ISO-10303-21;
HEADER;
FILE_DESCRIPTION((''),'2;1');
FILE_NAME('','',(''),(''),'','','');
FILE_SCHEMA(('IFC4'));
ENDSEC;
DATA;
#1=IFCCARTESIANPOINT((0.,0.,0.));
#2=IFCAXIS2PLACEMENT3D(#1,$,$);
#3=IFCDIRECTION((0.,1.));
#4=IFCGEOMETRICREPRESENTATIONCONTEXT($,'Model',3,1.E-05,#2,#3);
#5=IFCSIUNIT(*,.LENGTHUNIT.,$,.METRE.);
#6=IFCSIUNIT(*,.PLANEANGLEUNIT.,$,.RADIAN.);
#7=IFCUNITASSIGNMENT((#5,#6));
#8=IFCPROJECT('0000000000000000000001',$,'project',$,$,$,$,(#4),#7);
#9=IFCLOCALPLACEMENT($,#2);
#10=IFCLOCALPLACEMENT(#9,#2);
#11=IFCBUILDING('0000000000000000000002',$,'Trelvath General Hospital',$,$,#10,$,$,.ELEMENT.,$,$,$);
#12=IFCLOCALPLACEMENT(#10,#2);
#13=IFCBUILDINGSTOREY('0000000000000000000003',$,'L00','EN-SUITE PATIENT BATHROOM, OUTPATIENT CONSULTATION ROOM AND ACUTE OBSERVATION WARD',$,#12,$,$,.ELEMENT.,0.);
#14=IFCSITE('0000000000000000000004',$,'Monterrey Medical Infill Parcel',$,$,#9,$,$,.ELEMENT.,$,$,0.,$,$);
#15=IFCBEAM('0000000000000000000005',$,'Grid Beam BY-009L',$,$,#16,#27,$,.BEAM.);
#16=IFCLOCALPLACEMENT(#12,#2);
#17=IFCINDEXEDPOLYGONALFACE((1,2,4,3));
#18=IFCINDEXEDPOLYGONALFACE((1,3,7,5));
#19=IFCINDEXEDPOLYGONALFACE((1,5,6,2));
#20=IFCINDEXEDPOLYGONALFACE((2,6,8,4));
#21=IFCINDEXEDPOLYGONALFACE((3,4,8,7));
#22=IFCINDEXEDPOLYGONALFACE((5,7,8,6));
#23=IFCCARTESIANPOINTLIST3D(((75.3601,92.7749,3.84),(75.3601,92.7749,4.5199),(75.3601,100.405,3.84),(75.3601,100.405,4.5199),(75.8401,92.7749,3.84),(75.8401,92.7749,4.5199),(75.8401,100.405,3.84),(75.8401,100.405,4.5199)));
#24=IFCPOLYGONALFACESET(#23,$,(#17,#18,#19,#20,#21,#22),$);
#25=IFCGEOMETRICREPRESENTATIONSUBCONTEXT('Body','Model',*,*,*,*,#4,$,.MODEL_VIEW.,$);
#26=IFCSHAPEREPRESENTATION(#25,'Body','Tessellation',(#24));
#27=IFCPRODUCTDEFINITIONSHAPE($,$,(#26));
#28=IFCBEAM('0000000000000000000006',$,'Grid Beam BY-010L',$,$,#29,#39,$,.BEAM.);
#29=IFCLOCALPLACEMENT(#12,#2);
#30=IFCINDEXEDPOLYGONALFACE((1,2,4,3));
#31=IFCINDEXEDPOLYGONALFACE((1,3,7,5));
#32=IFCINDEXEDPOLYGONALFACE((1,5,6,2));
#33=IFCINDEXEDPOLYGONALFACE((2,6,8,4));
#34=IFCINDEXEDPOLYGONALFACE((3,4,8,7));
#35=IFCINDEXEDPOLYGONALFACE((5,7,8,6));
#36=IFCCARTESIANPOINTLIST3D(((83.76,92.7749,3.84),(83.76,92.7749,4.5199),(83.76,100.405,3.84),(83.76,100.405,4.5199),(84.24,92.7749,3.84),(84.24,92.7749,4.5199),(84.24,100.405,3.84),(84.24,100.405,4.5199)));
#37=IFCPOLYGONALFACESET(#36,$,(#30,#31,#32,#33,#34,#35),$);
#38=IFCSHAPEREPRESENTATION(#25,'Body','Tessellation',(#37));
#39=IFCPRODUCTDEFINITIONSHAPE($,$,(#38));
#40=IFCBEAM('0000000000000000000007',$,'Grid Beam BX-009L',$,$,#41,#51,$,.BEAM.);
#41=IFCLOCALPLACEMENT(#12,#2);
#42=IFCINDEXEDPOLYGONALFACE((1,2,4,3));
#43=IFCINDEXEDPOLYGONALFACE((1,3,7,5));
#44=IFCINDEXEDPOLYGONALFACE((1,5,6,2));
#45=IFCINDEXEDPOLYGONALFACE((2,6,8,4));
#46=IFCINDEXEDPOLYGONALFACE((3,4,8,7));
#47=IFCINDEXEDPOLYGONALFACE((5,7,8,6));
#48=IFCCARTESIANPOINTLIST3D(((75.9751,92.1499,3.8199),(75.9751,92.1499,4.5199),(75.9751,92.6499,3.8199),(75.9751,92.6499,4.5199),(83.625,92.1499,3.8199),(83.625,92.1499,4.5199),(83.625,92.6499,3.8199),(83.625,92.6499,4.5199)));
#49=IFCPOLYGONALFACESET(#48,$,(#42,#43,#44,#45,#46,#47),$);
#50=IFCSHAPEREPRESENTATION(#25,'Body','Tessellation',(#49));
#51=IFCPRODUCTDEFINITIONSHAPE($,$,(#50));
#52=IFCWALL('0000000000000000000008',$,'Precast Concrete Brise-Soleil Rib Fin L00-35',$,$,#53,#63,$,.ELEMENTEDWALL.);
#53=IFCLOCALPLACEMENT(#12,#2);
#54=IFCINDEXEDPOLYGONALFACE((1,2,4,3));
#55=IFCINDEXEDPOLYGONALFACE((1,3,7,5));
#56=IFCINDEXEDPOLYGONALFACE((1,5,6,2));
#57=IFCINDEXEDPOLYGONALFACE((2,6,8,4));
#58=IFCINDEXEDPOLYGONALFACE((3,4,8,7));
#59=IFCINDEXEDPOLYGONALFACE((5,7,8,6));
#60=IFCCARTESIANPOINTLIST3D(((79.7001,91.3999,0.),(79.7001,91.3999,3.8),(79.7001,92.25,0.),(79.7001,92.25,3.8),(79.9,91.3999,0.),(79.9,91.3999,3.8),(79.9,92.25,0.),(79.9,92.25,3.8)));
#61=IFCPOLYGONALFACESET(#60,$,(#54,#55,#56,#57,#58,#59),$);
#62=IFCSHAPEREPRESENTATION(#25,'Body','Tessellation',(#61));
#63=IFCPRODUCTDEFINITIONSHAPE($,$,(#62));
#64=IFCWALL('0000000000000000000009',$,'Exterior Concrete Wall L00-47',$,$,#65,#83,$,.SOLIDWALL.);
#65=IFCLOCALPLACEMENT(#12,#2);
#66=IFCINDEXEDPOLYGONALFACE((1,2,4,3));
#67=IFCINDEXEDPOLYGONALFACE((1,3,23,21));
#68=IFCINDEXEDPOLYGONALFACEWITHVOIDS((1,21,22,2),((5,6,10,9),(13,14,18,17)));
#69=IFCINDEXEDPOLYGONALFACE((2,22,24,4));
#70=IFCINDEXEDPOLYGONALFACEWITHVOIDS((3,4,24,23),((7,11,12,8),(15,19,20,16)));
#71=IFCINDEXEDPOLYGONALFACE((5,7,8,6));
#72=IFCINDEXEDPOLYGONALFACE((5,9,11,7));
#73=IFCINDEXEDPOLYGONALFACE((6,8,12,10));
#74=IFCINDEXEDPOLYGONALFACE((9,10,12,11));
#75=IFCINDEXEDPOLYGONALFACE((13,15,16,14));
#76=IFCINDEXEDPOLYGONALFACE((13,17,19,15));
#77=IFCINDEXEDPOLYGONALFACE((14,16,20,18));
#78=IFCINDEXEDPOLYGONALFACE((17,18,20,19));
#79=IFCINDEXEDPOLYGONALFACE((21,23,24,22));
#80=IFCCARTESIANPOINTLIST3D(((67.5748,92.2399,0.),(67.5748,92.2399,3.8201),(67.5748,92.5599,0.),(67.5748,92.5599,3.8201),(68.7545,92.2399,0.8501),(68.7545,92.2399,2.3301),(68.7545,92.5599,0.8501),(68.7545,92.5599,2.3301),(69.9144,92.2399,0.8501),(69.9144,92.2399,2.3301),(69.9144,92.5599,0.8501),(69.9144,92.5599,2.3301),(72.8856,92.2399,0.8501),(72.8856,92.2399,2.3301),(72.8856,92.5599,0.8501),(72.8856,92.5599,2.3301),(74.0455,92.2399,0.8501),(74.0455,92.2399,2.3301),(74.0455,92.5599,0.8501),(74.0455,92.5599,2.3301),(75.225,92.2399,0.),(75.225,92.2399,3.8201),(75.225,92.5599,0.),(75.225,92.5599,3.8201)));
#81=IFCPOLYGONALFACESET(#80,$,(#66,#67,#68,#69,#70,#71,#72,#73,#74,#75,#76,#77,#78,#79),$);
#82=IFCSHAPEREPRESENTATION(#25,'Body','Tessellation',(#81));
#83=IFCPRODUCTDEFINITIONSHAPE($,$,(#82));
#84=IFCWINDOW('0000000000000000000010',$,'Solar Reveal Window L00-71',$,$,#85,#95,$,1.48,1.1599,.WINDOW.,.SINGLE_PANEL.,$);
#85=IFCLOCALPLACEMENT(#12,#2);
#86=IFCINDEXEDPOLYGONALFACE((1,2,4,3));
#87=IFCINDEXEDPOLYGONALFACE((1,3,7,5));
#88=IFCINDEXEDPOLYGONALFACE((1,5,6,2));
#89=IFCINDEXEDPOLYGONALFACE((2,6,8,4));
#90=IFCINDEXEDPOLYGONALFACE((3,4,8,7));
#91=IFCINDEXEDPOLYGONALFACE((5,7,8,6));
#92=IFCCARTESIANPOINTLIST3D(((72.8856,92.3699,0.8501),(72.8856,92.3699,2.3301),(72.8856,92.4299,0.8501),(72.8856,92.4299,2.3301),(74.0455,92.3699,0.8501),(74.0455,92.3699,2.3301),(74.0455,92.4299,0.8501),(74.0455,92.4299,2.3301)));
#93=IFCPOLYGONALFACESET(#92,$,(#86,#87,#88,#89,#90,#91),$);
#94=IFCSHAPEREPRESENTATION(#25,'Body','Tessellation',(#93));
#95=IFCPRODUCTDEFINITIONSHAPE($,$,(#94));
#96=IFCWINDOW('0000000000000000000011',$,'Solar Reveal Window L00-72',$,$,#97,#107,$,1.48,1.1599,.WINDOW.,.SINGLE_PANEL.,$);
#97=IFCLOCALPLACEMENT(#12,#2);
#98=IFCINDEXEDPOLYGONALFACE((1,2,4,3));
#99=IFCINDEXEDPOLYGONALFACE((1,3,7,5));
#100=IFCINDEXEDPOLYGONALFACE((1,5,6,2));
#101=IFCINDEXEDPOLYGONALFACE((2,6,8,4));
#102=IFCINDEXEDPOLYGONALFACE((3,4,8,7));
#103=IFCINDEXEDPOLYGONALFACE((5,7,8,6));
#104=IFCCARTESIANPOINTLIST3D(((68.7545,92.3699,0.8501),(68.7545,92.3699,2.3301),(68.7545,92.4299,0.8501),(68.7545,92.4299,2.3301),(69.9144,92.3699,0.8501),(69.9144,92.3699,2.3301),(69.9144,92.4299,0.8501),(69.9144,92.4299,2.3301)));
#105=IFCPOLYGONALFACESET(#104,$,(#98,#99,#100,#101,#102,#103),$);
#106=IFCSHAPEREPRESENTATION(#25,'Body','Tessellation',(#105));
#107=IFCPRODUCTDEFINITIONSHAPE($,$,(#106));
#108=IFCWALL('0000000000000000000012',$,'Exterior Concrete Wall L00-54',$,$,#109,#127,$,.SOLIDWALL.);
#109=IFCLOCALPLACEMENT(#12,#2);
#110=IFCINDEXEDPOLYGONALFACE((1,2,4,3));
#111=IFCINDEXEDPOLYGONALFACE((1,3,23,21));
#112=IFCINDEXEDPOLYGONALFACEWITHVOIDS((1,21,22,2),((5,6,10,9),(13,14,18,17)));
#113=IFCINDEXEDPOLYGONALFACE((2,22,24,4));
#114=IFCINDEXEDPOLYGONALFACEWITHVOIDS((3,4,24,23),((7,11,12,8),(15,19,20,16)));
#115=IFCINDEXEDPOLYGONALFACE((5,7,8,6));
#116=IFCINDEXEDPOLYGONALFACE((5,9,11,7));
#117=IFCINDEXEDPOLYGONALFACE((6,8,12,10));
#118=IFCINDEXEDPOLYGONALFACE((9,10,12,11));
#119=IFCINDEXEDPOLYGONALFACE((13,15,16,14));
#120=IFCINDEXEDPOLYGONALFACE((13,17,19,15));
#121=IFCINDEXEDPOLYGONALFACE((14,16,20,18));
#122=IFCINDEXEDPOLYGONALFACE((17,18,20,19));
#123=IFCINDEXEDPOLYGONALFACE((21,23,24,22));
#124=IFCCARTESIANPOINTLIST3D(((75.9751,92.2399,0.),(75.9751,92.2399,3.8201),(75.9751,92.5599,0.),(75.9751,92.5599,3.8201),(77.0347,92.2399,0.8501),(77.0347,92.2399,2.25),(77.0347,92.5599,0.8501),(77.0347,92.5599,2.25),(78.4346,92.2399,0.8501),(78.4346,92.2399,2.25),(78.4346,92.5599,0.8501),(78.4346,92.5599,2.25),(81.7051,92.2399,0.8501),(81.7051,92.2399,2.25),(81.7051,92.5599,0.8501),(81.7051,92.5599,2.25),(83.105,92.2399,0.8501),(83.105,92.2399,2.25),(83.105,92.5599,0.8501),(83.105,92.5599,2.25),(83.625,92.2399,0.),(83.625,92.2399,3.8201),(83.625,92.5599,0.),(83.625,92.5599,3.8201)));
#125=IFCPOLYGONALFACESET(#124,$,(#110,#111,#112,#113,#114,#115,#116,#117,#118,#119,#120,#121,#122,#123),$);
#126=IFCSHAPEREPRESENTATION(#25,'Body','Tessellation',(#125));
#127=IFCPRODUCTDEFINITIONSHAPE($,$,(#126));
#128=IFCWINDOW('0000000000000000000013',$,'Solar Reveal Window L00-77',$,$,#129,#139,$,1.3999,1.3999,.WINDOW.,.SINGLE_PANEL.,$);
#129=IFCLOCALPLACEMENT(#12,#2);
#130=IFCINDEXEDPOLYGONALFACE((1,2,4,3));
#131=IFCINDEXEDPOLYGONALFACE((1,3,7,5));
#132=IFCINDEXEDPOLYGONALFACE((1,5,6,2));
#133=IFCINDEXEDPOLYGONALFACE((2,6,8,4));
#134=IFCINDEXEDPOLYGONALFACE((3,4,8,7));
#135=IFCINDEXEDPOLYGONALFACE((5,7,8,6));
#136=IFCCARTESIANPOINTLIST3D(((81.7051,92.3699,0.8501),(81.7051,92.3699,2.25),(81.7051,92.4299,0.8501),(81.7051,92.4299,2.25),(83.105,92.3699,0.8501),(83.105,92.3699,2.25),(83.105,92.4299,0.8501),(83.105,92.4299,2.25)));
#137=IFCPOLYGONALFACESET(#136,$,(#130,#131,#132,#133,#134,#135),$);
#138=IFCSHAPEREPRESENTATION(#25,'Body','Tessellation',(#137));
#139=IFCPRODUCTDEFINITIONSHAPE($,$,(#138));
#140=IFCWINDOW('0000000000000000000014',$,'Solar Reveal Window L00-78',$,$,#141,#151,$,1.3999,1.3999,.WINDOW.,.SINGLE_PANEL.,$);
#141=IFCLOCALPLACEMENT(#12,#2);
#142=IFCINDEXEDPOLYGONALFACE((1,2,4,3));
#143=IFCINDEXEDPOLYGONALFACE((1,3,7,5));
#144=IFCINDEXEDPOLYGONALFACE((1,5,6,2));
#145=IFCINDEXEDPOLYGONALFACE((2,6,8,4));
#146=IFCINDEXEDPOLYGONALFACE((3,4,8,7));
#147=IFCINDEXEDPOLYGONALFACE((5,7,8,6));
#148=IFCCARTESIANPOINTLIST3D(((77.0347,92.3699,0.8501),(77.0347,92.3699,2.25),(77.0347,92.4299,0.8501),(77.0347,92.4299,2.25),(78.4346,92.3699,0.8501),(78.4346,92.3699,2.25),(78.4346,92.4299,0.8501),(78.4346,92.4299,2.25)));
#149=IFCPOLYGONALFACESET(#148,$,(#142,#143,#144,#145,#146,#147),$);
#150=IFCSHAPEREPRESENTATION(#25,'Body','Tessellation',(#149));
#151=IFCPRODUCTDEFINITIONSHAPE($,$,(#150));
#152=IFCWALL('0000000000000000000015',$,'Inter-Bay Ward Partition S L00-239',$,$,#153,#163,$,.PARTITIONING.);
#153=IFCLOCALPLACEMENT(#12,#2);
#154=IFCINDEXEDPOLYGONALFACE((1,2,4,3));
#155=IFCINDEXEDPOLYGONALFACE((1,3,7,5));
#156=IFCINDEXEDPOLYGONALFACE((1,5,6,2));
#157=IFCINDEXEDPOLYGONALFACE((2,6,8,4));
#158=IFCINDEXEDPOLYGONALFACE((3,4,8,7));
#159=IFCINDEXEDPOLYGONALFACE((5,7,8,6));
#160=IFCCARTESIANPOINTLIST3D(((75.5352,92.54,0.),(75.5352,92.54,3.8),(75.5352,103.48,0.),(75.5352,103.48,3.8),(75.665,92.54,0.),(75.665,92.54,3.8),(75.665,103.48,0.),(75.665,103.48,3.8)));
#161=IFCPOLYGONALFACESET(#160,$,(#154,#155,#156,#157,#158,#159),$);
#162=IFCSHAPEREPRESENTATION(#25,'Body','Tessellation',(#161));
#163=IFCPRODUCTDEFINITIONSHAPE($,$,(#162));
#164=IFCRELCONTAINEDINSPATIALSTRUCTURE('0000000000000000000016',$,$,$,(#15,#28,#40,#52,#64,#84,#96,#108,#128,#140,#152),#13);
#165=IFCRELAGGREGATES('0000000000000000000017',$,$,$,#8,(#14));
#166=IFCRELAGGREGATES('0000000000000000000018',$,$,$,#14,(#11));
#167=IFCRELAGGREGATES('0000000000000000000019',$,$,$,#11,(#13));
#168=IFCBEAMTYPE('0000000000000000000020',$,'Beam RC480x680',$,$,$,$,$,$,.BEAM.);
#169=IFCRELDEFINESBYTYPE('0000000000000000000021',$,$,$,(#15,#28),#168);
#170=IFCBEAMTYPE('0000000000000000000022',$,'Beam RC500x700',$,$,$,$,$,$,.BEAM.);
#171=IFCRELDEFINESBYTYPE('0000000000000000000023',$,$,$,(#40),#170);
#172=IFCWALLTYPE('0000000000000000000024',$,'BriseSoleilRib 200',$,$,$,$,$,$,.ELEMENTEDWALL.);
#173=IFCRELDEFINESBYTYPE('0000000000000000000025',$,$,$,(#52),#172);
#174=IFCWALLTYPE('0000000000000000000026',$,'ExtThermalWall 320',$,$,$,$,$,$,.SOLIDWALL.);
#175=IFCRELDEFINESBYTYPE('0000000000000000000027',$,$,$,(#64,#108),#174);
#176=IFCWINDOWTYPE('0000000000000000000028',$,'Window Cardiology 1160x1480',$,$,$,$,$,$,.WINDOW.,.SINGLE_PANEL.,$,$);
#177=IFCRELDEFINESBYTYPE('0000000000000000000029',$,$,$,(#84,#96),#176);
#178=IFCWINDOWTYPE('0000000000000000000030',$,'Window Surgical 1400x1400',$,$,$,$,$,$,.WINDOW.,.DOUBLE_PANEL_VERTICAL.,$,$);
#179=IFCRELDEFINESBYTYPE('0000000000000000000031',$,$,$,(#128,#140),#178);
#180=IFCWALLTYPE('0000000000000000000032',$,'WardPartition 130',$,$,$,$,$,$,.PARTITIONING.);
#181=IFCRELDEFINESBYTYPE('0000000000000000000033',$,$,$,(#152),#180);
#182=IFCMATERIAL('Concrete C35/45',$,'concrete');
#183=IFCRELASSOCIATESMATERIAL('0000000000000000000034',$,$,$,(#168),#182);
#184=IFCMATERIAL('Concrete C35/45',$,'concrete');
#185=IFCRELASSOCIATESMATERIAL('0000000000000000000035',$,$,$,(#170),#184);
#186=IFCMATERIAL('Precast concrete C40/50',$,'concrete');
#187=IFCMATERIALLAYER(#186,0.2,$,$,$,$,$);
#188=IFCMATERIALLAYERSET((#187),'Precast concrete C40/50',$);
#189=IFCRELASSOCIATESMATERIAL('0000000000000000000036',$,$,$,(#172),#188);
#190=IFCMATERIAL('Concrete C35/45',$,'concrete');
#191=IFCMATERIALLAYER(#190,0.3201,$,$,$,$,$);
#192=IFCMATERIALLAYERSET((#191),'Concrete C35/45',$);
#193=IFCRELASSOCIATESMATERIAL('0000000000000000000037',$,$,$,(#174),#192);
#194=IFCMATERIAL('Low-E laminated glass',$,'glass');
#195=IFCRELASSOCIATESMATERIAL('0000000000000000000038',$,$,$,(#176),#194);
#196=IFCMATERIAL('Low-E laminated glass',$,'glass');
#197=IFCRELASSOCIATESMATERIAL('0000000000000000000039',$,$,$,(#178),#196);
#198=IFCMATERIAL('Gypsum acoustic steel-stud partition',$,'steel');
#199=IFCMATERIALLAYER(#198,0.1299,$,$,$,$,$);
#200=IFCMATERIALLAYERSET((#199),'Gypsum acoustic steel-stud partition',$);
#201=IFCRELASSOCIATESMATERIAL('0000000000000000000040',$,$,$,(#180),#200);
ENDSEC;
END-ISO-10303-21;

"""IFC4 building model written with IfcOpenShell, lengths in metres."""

from ifc_helpers import new_model, si_unit, direction, frame, frame_2d, origin, origin_2d, place, context, subcontext, project, spatial, rectangle, extrude, material, layer, layer_set, material_profile, profile_set, type_object, element, fill, save


model = new_model("IFC4")

# Units and contexts
model_context = context("Model", 3, precision=1e-05, world=origin(), true_north=direction((0.0, 1.0)))
body_context = subcontext(model_context, "Body", "Model", "MODEL_VIEW")
ifc_project = project(units=[si_unit("LENGTHUNIT", "METRE"), si_unit("PLANEANGLEUNIT", "RADIAN")], contexts=[model_context])

# Site, building, storey
site_placement = place(None, origin())
site = spatial("IfcSite", under=ifc_project, at=site_placement, Name="Monterrey Medical Infill Parcel", CompositionType="ELEMENT", RefElevation=0.0)
building_placement = place(site_placement, origin())
building = spatial("IfcBuilding", under=site, at=building_placement, Name="Trelvath General Hospital", CompositionType="ELEMENT")
storey_placement = place(building_placement, origin())
storey = spatial("IfcBuildingStorey", under=building, at=storey_placement, Name="L00", Description="EN-SUITE PATIENT BATHROOM, OUTPATIENT CONSULTATION ROOM AND ACUTE OBSERVATION WARD", CompositionType="ELEMENT", Elevation=0.0)

# Beams
ifc_material_1 = material(Name="Concrete C35/45", Category="concrete")
ifc_material_profile_1 = material_profile(ifc_material_1, rectangle(XDim=0.48, YDim=0.6799, at=origin_2d()), Name="RCB480x680")
ifc_profile_set_1 = profile_set([ifc_material_profile_1], Name="Concrete C35/45")
beam_type_1 = type_object("IfcBeamType", Name="Beam RC480x680", PredefinedType="BEAM", material=ifc_profile_set_1)
for number, where, z_axis, x_axis, name in (
    (1, (75.6001, 92.7749, 4.1799), (0.0, 1.0, 0.0), (-1.0, 0.0, 0.0), "Grid Beam BY-009L"),
    (2, (84.0, 92.7749, 4.1799), (0.0, 1.0, 0.0), (-1.0, 0.0, 0.0), "Grid Beam BY-010L"),
):
    element("IfcBeam", number, at=place(storey_placement, frame(where, z_axis=z_axis, x_axis=x_axis)), inside=storey, type_object=beam_type_1, Name=name, PredefinedType="BEAM", context=body_context, shape_type="SweptSolid", body=[
        extrude(rectangle(XDim=0.48, YDim=0.6799, at=origin_2d()), origin(), (0.0, 0.0, 1.0), 7.6301),
    ])
ifc_material_2 = material(Name="Concrete C35/45", Category="concrete")
ifc_material_profile_2 = material_profile(ifc_material_2, rectangle(XDim=0.5, YDim=0.7, at=origin_2d()), Name="RCB500x700")
ifc_profile_set_2 = profile_set([ifc_material_profile_2], Name="Concrete C35/45")
beam_type_2 = type_object("IfcBeamType", Name="Beam RC500x700", PredefinedType="BEAM", material=ifc_profile_set_2)
beam_placement = place(storey_placement, frame((75.9751, 92.3999, 4.1699), z_axis=(1.0, 0.0, 0.0), x_axis=(0.0, 1.0, 0.0)))
element("IfcBeam", 3, at=beam_placement, inside=storey, type_object=beam_type_2, Name="Grid Beam BX-009L", PredefinedType="BEAM", context=body_context, shape_type="SweptSolid", body=[
    extrude(rectangle(XDim=0.5, YDim=0.7, at=origin_2d()), origin(), (0.0, 0.0, 1.0), 7.6499),
])

# Wall
ifc_material_3 = material(Name="Precast concrete C40/50", Category="concrete")
ifc_layer_1 = layer(ifc_material_3, 0.2)
ifc_layer_set_1 = layer_set([ifc_layer_1], Name="Precast concrete C40/50")
wall_type_1 = type_object("IfcWallType", Name="BriseSoleilRib 200", PredefinedType="ELEMENTEDWALL", material=ifc_layer_set_1)
wall_1_placement = place(storey_placement, frame((79.8, 92.25, 0.0), z_axis=(0.0, 0.0, 1.0), x_axis=(0.0, -1.0, 0.0)))
element("IfcWall", 4, at=wall_1_placement, inside=storey, type_object=wall_type_1, Name="Precast Concrete Brise-Soleil Rib Fin L00-35", PredefinedType="ELEMENTEDWALL", context=body_context, shape_type="SweptSolid", body=[
    extrude(rectangle(XDim=0.8501, YDim=0.2, at=frame_2d((0.425, 0.0))), origin(), (0.0, 0.0, 1.0), 3.8),
])

# Walls, openings, windows
ifc_material_4 = material(Name="Concrete C35/45", Category="concrete")
ifc_layer_2 = layer(ifc_material_4, 0.3201)
ifc_layer_set_2 = layer_set([ifc_layer_2], Name="Concrete C35/45")
wall_type_2 = type_object("IfcWallType", Name="ExtThermalWall 320", PredefinedType="SOLIDWALL", material=ifc_layer_set_2)
wall_2_placement = place(storey_placement, frame((75.2251, 92.3999, 0.0), z_axis=(0.0, 0.0, 1.0), x_axis=(-1.0, 0.0, 0.0)))
wall_2 = element("IfcWall", 5, at=wall_2_placement, inside=storey, type_object=wall_type_2, Name="Exterior Concrete Wall L00-47", PredefinedType="SOLIDWALL", context=body_context, shape_type="SweptSolid", body=[
    extrude(rectangle(XDim=7.6501, YDim=0.3201, at=frame_2d((3.8252, 0.0))), origin(), (0.0, 0.0, 1.0), 3.8201),
])
opening_1_placement = place(wall_2_placement, frame((1.1794, 0.0, 0.8501)))
opening_1 = element("IfcOpeningElement", 6, at=opening_1_placement, cuts=wall_2, PredefinedType="OPENING", context=body_context, shape_type="SweptSolid", body=[
    extrude(rectangle(XDim=1.1599, YDim=1.48, at=frame_2d((0.5801, 0.74))), frame((0.0, 0.1699, 0.0), z_axis=(0.0, -1.0, 0.0), x_axis=(1.0, 0.0, 0.0)), (0.0, 0.0, 1.0), 0.3401),
])
opening_2_placement = place(wall_2_placement, frame((5.3105, 0.0, 0.8501)))
opening_2 = element("IfcOpeningElement", 7, at=opening_2_placement, cuts=wall_2, PredefinedType="OPENING", context=body_context, shape_type="SweptSolid", body=[
    extrude(rectangle(XDim=1.1599, YDim=1.48, at=frame_2d((0.5801, 0.74))), frame((0.0, 0.1699, 0.0), z_axis=(0.0, -1.0, 0.0), x_axis=(1.0, 0.0, 0.0)), (0.0, 0.0, 1.0), 0.3401),
])
ifc_material_5 = material(Name="Low-E laminated glass", Category="glass")
window_type_1 = type_object("IfcWindowType", Name="Window Cardiology 1160x1480", PartitioningType="SINGLE_PANEL", PredefinedType="WINDOW", material=ifc_material_5)
window_1_placement = place(opening_1_placement, origin())
window_1 = element("IfcWindow", 8, at=window_1_placement, inside=storey, type_object=window_type_1, Name="Solar Reveal Window L00-71", OverallHeight=1.48, OverallWidth=1.1599, PartitioningType="SINGLE_PANEL", PredefinedType="WINDOW", context=body_context, shape_type="SweptSolid", body=[
    extrude(rectangle(XDim=1.1599, YDim=1.48, at=frame_2d((0.5801, 0.74))), frame((0.0, 0.03, 0.0), z_axis=(0.0, -1.0, 0.0), x_axis=(1.0, 0.0, 0.0)), (0.0, 0.0, 1.0), 0.0601),
])
fill(opening_1, window_1)
window_2_placement = place(opening_2_placement, origin())
window_2 = element("IfcWindow", 9, at=window_2_placement, inside=storey, type_object=window_type_1, Name="Solar Reveal Window L00-72", OverallHeight=1.48, OverallWidth=1.1599, PartitioningType="SINGLE_PANEL", PredefinedType="WINDOW", context=body_context, shape_type="SweptSolid", body=[
    extrude(rectangle(XDim=1.1599, YDim=1.48, at=frame_2d((0.5801, 0.74))), frame((0.0, 0.03, 0.0), z_axis=(0.0, -1.0, 0.0), x_axis=(1.0, 0.0, 0.0)), (0.0, 0.0, 1.0), 0.0601),
])
fill(opening_2, window_2)
wall_3_placement = place(storey_placement, frame((83.625, 92.3999, 0.0), z_axis=(0.0, 0.0, 1.0), x_axis=(-1.0, 0.0, 0.0)))
wall_3 = element("IfcWall", 10, at=wall_3_placement, inside=storey, type_object=wall_type_2, Name="Exterior Concrete Wall L00-54", PredefinedType="SOLIDWALL", context=body_context, shape_type="SweptSolid", body=[
    extrude(rectangle(XDim=7.6499, YDim=0.3201, at=frame_2d((3.825, 0.0))), origin(), (0.0, 0.0, 1.0), 3.8201),
])
opening_3_placement = place(wall_3_placement, frame((0.52, 0.0, 0.8501)))
opening_3 = element("IfcOpeningElement", 11, at=opening_3_placement, cuts=wall_3, PredefinedType="OPENING", context=body_context, shape_type="SweptSolid", body=[
    extrude(rectangle(XDim=1.3999, YDim=1.3999, at=frame_2d((0.7, 0.7))), frame((0.0, 0.1699, 0.0), z_axis=(0.0, -1.0, 0.0), x_axis=(1.0, 0.0, 0.0)), (0.0, 0.0, 1.0), 0.3401),
])
opening_4_placement = place(wall_3_placement, frame((5.1904, 0.0, 0.8501)))
opening_4 = element("IfcOpeningElement", 12, at=opening_4_placement, cuts=wall_3, PredefinedType="OPENING", context=body_context, shape_type="SweptSolid", body=[
    extrude(rectangle(XDim=1.3999, YDim=1.3999, at=frame_2d((0.7, 0.7))), frame((0.0, 0.1699, 0.0), z_axis=(0.0, -1.0, 0.0), x_axis=(1.0, 0.0, 0.0)), (0.0, 0.0, 1.0), 0.3401),
])
ifc_material_6 = material(Name="Low-E laminated glass", Category="glass")
window_type_2 = type_object("IfcWindowType", Name="Window Surgical 1400x1400", PartitioningType="DOUBLE_PANEL_VERTICAL", PredefinedType="WINDOW", material=ifc_material_6)
window_3_placement = place(opening_3_placement, origin())
window_3 = element("IfcWindow", 13, at=window_3_placement, inside=storey, type_object=window_type_2, Name="Solar Reveal Window L00-77", OverallHeight=1.3999, OverallWidth=1.3999, PartitioningType="SINGLE_PANEL", PredefinedType="WINDOW", context=body_context, shape_type="SweptSolid", body=[
    extrude(rectangle(XDim=1.3999, YDim=1.3999, at=frame_2d((0.7, 0.7))), frame((0.0, 0.03, 0.0), z_axis=(0.0, -1.0, 0.0), x_axis=(1.0, 0.0, 0.0)), (0.0, 0.0, 1.0), 0.0601),
])
fill(opening_3, window_3)
window_4_placement = place(opening_4_placement, origin())
window_4 = element("IfcWindow", 14, at=window_4_placement, inside=storey, type_object=window_type_2, Name="Solar Reveal Window L00-78", OverallHeight=1.3999, OverallWidth=1.3999, PartitioningType="SINGLE_PANEL", PredefinedType="WINDOW", context=body_context, shape_type="SweptSolid", body=[
    extrude(rectangle(XDim=1.3999, YDim=1.3999, at=frame_2d((0.7, 0.7))), frame((0.0, 0.03, 0.0), z_axis=(0.0, -1.0, 0.0), x_axis=(1.0, 0.0, 0.0)), (0.0, 0.0, 1.0), 0.0601),
])
fill(opening_4, window_4)

# Wall
ifc_material_7 = material(Name="Gypsum acoustic steel-stud partition", Category="steel")
ifc_layer_3 = layer(ifc_material_7, 0.1299)
ifc_layer_set_3 = layer_set([ifc_layer_3], Name="Gypsum acoustic steel-stud partition")
wall_type_3 = type_object("IfcWallType", Name="WardPartition 130", PredefinedType="PARTITIONING", material=ifc_layer_set_3)
for number, where, z_axis, x_axis, name in (
    (15, (75.6001, 92.54, 0.0), (0.0, 0.0, 1.0), (0.0, 1.0, 0.0), "Inter-Bay Ward Partition S L00-239"),
):
    element("IfcWall", number, at=place(storey_placement, frame(where, z_axis=z_axis, x_axis=x_axis)), inside=storey, type_object=wall_type_3, Name=name, PredefinedType="PARTITIONING", context=body_context, shape_type="SweptSolid", body=[
        extrude(rectangle(XDim=10.9399, YDim=0.1299, at=frame_2d((5.47, 0.0))), origin(), (0.0, 0.0, 1.0), 3.8),
    ])

save(model, "model.ifc")
